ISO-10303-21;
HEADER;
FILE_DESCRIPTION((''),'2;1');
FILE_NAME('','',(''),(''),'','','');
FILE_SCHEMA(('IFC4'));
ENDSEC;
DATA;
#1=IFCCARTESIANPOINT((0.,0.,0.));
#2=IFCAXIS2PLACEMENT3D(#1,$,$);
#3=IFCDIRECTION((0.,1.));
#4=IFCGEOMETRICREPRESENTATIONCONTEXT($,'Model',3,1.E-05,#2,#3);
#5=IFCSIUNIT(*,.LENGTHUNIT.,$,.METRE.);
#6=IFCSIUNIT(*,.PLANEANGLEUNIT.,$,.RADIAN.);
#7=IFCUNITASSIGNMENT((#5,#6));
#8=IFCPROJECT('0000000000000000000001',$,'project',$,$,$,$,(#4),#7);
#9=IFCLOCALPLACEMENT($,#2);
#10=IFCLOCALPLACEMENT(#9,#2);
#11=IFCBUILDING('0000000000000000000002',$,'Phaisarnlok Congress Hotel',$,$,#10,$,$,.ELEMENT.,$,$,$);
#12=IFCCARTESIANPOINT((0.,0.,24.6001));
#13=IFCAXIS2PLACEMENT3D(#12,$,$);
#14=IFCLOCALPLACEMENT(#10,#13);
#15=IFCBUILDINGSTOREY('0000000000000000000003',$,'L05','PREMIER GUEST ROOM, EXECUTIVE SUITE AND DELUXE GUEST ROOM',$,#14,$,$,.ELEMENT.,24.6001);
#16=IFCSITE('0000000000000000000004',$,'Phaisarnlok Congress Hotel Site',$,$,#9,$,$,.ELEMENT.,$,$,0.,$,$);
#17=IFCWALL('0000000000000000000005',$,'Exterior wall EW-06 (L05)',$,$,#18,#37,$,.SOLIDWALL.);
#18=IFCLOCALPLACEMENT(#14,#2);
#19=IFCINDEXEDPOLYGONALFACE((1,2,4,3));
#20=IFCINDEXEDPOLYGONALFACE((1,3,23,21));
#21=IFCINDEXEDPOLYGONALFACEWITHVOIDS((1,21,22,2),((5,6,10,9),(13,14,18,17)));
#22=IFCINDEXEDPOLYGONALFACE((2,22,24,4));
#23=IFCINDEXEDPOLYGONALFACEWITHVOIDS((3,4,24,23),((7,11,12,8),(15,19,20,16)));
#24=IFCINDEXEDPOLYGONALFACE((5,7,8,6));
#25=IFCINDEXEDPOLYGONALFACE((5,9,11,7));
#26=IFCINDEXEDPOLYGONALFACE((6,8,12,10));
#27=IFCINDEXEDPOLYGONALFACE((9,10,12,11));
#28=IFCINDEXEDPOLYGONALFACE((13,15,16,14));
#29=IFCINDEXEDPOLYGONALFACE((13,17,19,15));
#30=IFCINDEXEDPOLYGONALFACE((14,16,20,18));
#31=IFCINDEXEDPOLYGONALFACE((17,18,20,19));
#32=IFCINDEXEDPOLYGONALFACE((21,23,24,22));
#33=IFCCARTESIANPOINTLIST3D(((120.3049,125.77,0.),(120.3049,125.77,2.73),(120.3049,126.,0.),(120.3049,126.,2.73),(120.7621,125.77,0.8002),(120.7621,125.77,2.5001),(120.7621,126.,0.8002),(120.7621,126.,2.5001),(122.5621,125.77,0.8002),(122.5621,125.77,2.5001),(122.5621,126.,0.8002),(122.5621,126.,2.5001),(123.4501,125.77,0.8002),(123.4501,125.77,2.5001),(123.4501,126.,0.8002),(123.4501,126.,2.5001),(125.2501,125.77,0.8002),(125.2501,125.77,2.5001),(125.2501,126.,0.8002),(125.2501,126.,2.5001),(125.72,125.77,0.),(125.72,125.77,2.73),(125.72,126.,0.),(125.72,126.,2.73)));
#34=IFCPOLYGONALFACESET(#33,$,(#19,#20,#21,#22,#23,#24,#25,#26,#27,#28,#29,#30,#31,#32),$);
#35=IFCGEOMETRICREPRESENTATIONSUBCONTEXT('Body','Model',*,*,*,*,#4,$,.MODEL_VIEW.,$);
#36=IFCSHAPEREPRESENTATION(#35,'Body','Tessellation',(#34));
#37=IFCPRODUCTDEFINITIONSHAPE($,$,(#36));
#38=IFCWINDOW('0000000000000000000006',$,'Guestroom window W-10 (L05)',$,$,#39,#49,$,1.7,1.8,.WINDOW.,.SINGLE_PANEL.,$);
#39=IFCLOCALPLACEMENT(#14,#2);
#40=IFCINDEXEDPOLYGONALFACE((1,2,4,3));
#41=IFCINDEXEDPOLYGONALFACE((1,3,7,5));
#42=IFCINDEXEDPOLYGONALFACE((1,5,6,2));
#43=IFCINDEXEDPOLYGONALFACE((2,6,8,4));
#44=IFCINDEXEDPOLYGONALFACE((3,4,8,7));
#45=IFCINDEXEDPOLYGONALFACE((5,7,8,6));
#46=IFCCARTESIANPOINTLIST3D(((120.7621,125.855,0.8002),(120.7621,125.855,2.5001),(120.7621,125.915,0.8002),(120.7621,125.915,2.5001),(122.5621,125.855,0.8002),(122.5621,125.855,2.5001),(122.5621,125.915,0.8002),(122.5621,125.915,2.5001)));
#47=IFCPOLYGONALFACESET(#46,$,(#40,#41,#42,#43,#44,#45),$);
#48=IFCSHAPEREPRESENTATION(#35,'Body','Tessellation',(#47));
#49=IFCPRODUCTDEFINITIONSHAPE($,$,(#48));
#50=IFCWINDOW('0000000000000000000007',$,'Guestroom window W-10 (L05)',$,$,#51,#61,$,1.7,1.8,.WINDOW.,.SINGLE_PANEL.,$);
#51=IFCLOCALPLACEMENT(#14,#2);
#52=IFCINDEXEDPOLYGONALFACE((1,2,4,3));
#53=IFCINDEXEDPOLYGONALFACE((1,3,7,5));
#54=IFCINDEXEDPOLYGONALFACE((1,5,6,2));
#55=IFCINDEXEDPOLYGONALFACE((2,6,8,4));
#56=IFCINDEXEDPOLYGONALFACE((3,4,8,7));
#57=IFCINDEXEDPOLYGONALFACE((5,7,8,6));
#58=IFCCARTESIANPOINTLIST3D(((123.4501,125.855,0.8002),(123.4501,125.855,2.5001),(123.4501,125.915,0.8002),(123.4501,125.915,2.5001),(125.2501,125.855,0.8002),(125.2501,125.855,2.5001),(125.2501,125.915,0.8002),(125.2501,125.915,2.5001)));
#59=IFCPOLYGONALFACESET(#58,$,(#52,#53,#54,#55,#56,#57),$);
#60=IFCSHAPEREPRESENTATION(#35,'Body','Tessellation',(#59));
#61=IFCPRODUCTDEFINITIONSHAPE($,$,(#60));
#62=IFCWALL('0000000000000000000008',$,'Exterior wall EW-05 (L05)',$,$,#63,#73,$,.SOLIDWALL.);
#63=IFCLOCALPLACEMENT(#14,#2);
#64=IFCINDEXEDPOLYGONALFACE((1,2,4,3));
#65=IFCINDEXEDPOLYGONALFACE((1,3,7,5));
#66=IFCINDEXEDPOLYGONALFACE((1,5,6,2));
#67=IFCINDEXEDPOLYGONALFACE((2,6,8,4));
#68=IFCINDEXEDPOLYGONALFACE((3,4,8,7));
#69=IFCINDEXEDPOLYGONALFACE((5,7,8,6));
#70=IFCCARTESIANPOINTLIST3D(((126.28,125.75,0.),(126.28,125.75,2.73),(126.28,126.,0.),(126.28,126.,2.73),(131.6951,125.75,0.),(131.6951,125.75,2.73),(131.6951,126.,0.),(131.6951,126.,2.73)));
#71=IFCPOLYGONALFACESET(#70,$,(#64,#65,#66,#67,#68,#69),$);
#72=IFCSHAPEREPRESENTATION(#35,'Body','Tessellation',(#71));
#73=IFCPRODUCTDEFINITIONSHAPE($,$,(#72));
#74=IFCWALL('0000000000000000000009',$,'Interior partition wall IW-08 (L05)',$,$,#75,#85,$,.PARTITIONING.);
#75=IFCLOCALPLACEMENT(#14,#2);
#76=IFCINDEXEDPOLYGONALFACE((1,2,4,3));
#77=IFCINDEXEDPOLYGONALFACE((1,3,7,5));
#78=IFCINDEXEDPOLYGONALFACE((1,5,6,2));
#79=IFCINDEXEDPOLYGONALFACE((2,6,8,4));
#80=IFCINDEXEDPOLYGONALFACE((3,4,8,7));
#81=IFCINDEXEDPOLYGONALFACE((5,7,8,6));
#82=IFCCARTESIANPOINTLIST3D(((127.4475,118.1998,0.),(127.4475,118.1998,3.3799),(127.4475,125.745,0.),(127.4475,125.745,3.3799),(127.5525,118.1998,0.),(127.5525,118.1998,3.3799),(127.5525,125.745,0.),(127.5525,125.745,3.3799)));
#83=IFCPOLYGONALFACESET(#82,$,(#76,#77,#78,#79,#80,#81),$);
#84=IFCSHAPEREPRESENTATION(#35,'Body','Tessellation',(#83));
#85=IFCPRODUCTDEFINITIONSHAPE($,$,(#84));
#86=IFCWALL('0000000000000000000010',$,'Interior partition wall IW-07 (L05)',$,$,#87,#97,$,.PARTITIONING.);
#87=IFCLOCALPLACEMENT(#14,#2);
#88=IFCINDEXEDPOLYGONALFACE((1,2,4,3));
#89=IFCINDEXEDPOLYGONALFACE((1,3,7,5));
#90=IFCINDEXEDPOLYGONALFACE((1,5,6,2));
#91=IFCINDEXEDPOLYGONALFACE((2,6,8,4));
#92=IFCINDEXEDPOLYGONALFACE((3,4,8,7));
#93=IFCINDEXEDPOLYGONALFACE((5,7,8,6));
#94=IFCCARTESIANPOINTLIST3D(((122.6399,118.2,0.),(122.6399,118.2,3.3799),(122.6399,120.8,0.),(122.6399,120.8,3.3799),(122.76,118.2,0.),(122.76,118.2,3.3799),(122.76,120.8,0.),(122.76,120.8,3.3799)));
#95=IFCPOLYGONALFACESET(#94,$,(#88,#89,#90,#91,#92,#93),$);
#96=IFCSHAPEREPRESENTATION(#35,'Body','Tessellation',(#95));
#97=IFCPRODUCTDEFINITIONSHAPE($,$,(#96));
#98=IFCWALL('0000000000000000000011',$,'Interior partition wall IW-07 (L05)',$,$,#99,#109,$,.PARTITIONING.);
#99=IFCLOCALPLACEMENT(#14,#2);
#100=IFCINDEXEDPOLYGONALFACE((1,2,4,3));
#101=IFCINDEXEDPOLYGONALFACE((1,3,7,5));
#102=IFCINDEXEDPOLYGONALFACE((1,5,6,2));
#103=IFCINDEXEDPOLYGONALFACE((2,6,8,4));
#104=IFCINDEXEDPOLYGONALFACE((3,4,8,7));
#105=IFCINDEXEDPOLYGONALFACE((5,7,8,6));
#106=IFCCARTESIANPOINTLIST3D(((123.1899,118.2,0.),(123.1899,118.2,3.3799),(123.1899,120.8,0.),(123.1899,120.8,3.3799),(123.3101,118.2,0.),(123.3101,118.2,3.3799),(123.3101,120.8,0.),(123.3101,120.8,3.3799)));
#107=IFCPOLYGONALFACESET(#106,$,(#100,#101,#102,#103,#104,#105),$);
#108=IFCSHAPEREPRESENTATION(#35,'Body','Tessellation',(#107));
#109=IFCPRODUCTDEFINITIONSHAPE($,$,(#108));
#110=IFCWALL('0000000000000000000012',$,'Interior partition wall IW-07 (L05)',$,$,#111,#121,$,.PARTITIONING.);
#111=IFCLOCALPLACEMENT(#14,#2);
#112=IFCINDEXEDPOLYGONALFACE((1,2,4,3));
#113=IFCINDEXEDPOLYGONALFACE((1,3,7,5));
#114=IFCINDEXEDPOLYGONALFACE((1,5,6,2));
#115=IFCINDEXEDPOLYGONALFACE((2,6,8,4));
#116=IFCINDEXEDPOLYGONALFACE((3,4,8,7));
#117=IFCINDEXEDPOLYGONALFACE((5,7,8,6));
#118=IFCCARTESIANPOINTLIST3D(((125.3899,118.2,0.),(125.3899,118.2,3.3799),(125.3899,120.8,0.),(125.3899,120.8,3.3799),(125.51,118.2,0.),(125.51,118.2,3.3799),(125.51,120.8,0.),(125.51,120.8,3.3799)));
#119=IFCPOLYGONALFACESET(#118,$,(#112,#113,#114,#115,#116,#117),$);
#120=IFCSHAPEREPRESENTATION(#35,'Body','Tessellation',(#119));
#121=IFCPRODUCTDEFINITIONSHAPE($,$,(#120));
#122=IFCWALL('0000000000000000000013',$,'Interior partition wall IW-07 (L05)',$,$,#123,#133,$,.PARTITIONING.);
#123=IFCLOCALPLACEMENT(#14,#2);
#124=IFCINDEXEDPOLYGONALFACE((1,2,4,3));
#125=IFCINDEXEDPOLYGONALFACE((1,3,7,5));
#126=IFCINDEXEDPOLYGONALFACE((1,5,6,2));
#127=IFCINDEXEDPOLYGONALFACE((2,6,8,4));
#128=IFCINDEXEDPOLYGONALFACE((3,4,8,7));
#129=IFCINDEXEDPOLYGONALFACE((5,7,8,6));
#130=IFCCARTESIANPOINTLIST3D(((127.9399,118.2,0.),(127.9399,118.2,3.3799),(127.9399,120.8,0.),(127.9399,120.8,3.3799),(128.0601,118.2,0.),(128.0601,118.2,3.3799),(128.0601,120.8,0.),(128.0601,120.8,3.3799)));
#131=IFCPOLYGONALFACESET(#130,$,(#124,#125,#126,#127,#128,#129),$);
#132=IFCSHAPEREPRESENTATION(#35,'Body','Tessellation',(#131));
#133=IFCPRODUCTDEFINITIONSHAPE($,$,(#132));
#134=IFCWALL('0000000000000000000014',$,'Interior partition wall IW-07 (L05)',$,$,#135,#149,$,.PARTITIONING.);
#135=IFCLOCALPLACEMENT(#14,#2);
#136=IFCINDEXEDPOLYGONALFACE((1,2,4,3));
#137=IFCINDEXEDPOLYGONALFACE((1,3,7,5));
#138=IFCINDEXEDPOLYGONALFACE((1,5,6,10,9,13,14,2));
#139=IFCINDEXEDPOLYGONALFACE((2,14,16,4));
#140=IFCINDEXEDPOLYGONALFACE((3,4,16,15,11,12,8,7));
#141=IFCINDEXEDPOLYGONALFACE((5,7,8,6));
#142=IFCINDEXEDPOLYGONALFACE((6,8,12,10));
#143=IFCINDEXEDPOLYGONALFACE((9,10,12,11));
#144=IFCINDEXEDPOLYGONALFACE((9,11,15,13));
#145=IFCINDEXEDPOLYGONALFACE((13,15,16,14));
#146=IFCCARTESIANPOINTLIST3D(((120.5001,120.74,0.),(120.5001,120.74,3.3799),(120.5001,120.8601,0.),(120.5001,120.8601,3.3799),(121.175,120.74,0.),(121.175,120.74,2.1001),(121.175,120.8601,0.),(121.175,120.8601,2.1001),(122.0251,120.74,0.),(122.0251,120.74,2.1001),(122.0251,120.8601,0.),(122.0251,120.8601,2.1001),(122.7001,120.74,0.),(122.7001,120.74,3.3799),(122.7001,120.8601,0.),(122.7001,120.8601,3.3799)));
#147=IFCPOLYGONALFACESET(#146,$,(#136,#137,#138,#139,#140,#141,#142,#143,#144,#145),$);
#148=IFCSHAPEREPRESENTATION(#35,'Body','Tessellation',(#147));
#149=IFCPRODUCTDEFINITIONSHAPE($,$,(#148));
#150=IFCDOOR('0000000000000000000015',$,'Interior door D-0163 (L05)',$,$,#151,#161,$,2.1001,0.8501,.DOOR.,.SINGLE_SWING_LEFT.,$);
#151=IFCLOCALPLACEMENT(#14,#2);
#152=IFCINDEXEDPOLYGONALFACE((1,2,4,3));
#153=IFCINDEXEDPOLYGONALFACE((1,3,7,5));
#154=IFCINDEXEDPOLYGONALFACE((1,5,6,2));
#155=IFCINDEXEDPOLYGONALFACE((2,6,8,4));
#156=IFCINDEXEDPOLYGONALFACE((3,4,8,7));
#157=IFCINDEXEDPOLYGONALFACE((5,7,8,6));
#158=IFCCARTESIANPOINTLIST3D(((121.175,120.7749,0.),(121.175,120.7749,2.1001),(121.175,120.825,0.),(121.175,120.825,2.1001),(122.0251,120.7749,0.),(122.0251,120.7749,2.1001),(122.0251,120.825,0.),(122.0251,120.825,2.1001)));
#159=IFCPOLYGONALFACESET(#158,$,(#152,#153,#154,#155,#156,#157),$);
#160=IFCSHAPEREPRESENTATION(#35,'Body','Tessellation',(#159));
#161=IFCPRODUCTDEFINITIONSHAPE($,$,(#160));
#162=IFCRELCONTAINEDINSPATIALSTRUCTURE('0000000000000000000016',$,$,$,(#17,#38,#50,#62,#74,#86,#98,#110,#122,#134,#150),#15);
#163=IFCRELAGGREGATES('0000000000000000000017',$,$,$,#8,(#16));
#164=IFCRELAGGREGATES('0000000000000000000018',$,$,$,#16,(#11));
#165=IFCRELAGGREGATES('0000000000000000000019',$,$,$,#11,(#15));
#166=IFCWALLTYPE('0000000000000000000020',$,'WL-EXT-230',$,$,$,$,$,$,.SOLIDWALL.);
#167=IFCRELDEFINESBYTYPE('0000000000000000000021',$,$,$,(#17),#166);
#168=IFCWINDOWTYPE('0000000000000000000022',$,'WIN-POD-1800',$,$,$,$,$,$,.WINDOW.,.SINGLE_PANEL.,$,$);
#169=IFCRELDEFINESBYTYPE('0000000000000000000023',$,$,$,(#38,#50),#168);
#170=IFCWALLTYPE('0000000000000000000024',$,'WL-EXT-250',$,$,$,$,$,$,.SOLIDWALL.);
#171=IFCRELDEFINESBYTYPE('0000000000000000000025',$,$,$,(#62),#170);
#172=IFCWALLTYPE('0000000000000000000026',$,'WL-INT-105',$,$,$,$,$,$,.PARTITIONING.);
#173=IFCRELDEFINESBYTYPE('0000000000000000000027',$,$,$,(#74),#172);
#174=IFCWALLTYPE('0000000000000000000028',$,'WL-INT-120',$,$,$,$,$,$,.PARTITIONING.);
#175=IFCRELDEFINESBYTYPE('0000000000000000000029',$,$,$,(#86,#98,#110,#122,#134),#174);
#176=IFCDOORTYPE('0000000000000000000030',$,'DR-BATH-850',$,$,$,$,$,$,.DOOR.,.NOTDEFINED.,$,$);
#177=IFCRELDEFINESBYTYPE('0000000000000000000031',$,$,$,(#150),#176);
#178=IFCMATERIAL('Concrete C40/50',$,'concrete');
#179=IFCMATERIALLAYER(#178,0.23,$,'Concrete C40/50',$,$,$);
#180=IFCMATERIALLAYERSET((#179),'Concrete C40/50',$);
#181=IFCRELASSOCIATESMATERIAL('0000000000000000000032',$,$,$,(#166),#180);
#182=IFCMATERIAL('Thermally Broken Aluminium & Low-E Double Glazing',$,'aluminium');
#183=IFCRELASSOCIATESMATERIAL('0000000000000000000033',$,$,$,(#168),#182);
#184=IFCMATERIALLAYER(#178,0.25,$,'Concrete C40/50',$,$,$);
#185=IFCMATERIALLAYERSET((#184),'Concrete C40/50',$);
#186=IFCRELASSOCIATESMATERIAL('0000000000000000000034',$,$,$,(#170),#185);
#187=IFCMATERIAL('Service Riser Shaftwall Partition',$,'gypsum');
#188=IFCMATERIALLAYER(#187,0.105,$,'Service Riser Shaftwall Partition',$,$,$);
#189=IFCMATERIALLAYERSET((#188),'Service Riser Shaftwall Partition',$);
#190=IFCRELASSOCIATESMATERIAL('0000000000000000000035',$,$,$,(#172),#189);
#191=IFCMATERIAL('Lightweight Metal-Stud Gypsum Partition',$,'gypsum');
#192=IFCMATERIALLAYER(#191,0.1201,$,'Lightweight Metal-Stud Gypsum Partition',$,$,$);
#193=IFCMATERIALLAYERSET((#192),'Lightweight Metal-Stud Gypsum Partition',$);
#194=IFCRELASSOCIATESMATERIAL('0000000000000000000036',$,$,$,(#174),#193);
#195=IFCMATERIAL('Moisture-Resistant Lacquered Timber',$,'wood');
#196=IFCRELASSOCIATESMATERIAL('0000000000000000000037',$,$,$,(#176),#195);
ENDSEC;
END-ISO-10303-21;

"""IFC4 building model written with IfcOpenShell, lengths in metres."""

from ifc_helpers import new_model, si_unit, direction, frame, frame_2d, origin, place, context, subcontext, project, spatial, rectangle, extrude, material, layer, layer_set, type_object, element, fill, save


model = new_model("IFC4")

# Units and contexts
model_context = context("Model", 3, precision=1e-05, world=origin(), true_north=direction((0.0, 1.0)))
body_context = subcontext(model_context, "Body", "Model", "MODEL_VIEW")
ifc_project = project(units=[si_unit("LENGTHUNIT", "METRE"), si_unit("PLANEANGLEUNIT", "RADIAN")], contexts=[model_context])

# Site, building, storey
site_placement = place(None, origin())
site = spatial("IfcSite", under=ifc_project, at=site_placement, Name="Phaisarnlok Congress Hotel Site", CompositionType="ELEMENT", RefElevation=0.0)
building_placement = place(site_placement, origin())
building = spatial("IfcBuilding", under=site, at=building_placement, Name="Phaisarnlok Congress Hotel", CompositionType="ELEMENT")
storey_placement = place(building_placement, frame((0.0, 0.0, 24.6001)))
storey = spatial("IfcBuildingStorey", under=building, at=storey_placement, Name="L05", Description="PREMIER GUEST ROOM, EXECUTIVE SUITE AND DELUXE GUEST ROOM", CompositionType="ELEMENT", Elevation=24.6001)

# Shared definitions
ifc_material_1 = material(Name="Concrete C40/50", Category="concrete")

# Wall, openings, windows
ifc_layer_1 = layer(ifc_material_1, 0.23, Name="Concrete C40/50")
ifc_layer_set_1 = layer_set([ifc_layer_1], Name="Concrete C40/50")
wall_type_1 = type_object("IfcWallType", Name="WL-EXT-230", PredefinedType="SOLIDWALL", material=ifc_layer_set_1)
wall_1_placement = place(storey_placement, frame((125.72, 125.885, 0.0), z_axis=(0.0, 0.0, 1.0), x_axis=(-1.0, 0.0, 0.0)))
wall_1 = element("IfcWall", 1, at=wall_1_placement, inside=storey, type_object=wall_type_1, Name="Exterior wall EW-06 (L05)", PredefinedType="SOLIDWALL", context=body_context, shape_type="SweptSolid", body=[
    extrude(rectangle(XDim=5.415, YDim=0.23, at=frame_2d((2.7075, 0.0))), origin(), (0.0, 0.0, 1.0), 2.73),
])
opening_1_placement = place(wall_1_placement, frame((3.158, 0.0, 0.8)))
opening_1 = element("IfcOpeningElement", 2, at=opening_1_placement, cuts=wall_1, PredefinedType="OPENING", context=body_context, shape_type="SweptSolid", body=[
    extrude(rectangle(XDim=1.8, YDim=1.7, at=frame_2d((0.8999, 0.8501))), frame((0.0, 0.125, 0.0), z_axis=(0.0, -1.0, 0.0), x_axis=(1.0, 0.0, 0.0)), (0.0, 0.0, 1.0), 0.25),
])
opening_2_placement = place(wall_1_placement, frame((0.47, 0.0, 0.8)))
opening_2 = element("IfcOpeningElement", 3, at=opening_2_placement, cuts=wall_1, PredefinedType="OPENING", context=body_context, shape_type="SweptSolid", body=[
    extrude(rectangle(XDim=1.8, YDim=1.7, at=frame_2d((0.8999, 0.8501))), frame((0.0, 0.125, 0.0), z_axis=(0.0, -1.0, 0.0), x_axis=(1.0, 0.0, 0.0)), (0.0, 0.0, 1.0), 0.25),
])
ifc_material_2 = material(Name="Thermally Broken Aluminium & Low-E Double Glazing", Category="aluminium")
window_type = type_object("IfcWindowType", Name="WIN-POD-1800", PartitioningType="SINGLE_PANEL", PredefinedType="WINDOW", material=ifc_material_2)
window_1_placement = place(opening_1_placement, origin())
window_1 = element("IfcWindow", 4, at=window_1_placement, inside=storey, type_object=window_type, Name="Guestroom window W-10 (L05)", OverallHeight=1.7, OverallWidth=1.8, PartitioningType="SINGLE_PANEL", PredefinedType="WINDOW", context=body_context, shape_type="SweptSolid", body=[
    extrude(rectangle(XDim=1.8, YDim=1.7, at=frame_2d((0.8999, 0.8501))), frame((0.0, 0.03, 0.0), z_axis=(0.0, -1.0, 0.0), x_axis=(1.0, 0.0, 0.0)), (0.0, 0.0, 1.0), 0.0601),
])
fill(opening_1, window_1)
window_2_placement = place(opening_2_placement, origin())
window_2 = element("IfcWindow", 5, at=window_2_placement, inside=storey, type_object=window_type, Name="Guestroom window W-10 (L05)", OverallHeight=1.7, OverallWidth=1.8, PartitioningType="SINGLE_PANEL", PredefinedType="WINDOW", context=body_context, shape_type="SweptSolid", body=[
    extrude(rectangle(XDim=1.8, YDim=1.7, at=frame_2d((0.8999, 0.8501))), frame((0.0, 0.03, 0.0), z_axis=(0.0, -1.0, 0.0), x_axis=(1.0, 0.0, 0.0)), (0.0, 0.0, 1.0), 0.0601),
])
fill(opening_2, window_2)

# Walls
ifc_layer_2 = layer(ifc_material_1, 0.25, Name="Concrete C40/50")
ifc_layer_set_2 = layer_set([ifc_layer_2], Name="Concrete C40/50")
wall_type_2 = type_object("IfcWallType", Name="WL-EXT-250", PredefinedType="SOLIDWALL", material=ifc_layer_set_2)
wall_2_placement = place(storey_placement, frame((131.6951, 125.875, 0.0), z_axis=(0.0, 0.0, 1.0), x_axis=(-1.0, 0.0, 0.0)))
element("IfcWall", 6, at=wall_2_placement, inside=storey, type_object=wall_type_2, Name="Exterior wall EW-05 (L05)", PredefinedType="SOLIDWALL", context=body_context, shape_type="SweptSolid", body=[
    extrude(rectangle(XDim=5.415, YDim=0.25, at=frame_2d((2.7075, 0.0))), origin(), (0.0, 0.0, 1.0), 2.73),
])
ifc_material_3 = material(Name="Service Riser Shaftwall Partition", Category="gypsum")
ifc_layer_3 = layer(ifc_material_3, 0.105, Name="Service Riser Shaftwall Partition")
ifc_layer_set_3 = layer_set([ifc_layer_3], Name="Service Riser Shaftwall Partition")
wall_type_3 = type_object("IfcWallType", Name="WL-INT-105", PredefinedType="PARTITIONING", material=ifc_layer_set_3)
wall_3_placement = place(storey_placement, frame((127.5, 118.2, 0.0), z_axis=(0.0, 0.0, 1.0), x_axis=(0.0, 1.0, 0.0)))
element("IfcWall", 7, at=wall_3_placement, inside=storey, type_object=wall_type_3, Name="Interior partition wall IW-08 (L05)", PredefinedType="PARTITIONING", context=body_context, shape_type="SweptSolid", body=[
    extrude(rectangle(XDim=7.5452, YDim=0.105, at=frame_2d((3.7725, 0.0))), origin(), (0.0, 0.0, 1.0), 3.3799),
])
ifc_material_4 = material(Name="Lightweight Metal-Stud Gypsum Partition", Category="gypsum")
ifc_layer_4 = layer(ifc_material_4, 0.1201, Name="Lightweight Metal-Stud Gypsum Partition")
ifc_layer_set_4 = layer_set([ifc_layer_4], Name="Lightweight Metal-Stud Gypsum Partition")
wall_type_4 = type_object("IfcWallType", Name="WL-INT-120", PredefinedType="PARTITIONING", material=ifc_layer_set_4)
for number, where, z_axis, x_axis, name in (
    (8, (122.7, 118.2, 0.0), (0.0, 0.0, 1.0), (0.0, 1.0, 0.0), "Interior partition wall IW-07 (L05)"),
    (9, (123.25, 118.2, 0.0), (0.0, 0.0, 1.0), (0.0, 1.0, 0.0), "Interior partition wall IW-07 (L05)"),
    (10, (125.45, 118.2, 0.0), (0.0, 0.0, 1.0), (0.0, 1.0, 0.0), "Interior partition wall IW-07 (L05)"),
    (11, (128.0, 118.2, 0.0), (0.0, 0.0, 1.0), (0.0, 1.0, 0.0), "Interior partition wall IW-07 (L05)"),
):
    element("IfcWall", number, at=place(storey_placement, frame(where, z_axis=z_axis, x_axis=x_axis)), inside=storey, type_object=wall_type_4, Name=name, PredefinedType="PARTITIONING", context=body_context, shape_type="SweptSolid", body=[
        extrude(rectangle(XDim=2.6001, YDim=0.1201, at=frame_2d((1.3, 0.0))), origin(), (0.0, 0.0, 1.0), 3.3799),
    ])

# Wall, opening, door
wall_4_placement = place(storey_placement, frame((120.5, 120.8, 0.0), z_axis=(0.0, 0.0, 1.0), x_axis=(1.0, 0.0, 0.0)))
wall_4 = element("IfcWall", 12, at=wall_4_placement, inside=storey, type_object=wall_type_4, Name="Interior partition wall IW-07 (L05)", PredefinedType="PARTITIONING", context=body_context, shape_type="SweptSolid", body=[
    extrude(rectangle(XDim=2.2, YDim=0.1201, at=frame_2d((1.1001, 0.0))), origin(), (0.0, 0.0, 1.0), 3.3799),
])
opening_3_placement = place(wall_4_placement, frame((0.675, 0.0, 0.0)))
opening_3 = element("IfcOpeningElement", 13, at=opening_3_placement, cuts=wall_4, PredefinedType="OPENING", context=body_context, shape_type="SweptSolid", body=[
    extrude(rectangle(XDim=0.8501, YDim=2.1001, at=frame_2d((0.425, 1.05))), frame((0.0, 0.0701, 0.0), z_axis=(0.0, -1.0, 0.0), x_axis=(1.0, 0.0, 0.0)), (0.0, 0.0, 1.0), 0.1401),
])
ifc_material_5 = material(Name="Moisture-Resistant Lacquered Timber", Category="wood")
door_type = type_object("IfcDoorType", Name="DR-BATH-850", OperationType="NOTDEFINED", PredefinedType="DOOR", material=ifc_material_5)
door_1_placement = place(opening_3_placement, origin())
door_1 = element("IfcDoor", 14, at=door_1_placement, inside=storey, type_object=door_type, Name="Interior door D-0163 (L05)", OperationType="SINGLE_SWING_LEFT", OverallHeight=2.1001, OverallWidth=0.8501, PredefinedType="DOOR", context=body_context, shape_type="SweptSolid", body=[
    extrude(rectangle(XDim=0.8501, YDim=2.1001, at=frame_2d((0.425, 1.05))), frame((0.0, 0.0249, 0.0), z_axis=(0.0, -1.0, 0.0), x_axis=(1.0, 0.0, 0.0)), (0.0, 0.0, 1.0), 0.05),
])
fill(opening_3, door_1)

save(model, "model.ifc")
